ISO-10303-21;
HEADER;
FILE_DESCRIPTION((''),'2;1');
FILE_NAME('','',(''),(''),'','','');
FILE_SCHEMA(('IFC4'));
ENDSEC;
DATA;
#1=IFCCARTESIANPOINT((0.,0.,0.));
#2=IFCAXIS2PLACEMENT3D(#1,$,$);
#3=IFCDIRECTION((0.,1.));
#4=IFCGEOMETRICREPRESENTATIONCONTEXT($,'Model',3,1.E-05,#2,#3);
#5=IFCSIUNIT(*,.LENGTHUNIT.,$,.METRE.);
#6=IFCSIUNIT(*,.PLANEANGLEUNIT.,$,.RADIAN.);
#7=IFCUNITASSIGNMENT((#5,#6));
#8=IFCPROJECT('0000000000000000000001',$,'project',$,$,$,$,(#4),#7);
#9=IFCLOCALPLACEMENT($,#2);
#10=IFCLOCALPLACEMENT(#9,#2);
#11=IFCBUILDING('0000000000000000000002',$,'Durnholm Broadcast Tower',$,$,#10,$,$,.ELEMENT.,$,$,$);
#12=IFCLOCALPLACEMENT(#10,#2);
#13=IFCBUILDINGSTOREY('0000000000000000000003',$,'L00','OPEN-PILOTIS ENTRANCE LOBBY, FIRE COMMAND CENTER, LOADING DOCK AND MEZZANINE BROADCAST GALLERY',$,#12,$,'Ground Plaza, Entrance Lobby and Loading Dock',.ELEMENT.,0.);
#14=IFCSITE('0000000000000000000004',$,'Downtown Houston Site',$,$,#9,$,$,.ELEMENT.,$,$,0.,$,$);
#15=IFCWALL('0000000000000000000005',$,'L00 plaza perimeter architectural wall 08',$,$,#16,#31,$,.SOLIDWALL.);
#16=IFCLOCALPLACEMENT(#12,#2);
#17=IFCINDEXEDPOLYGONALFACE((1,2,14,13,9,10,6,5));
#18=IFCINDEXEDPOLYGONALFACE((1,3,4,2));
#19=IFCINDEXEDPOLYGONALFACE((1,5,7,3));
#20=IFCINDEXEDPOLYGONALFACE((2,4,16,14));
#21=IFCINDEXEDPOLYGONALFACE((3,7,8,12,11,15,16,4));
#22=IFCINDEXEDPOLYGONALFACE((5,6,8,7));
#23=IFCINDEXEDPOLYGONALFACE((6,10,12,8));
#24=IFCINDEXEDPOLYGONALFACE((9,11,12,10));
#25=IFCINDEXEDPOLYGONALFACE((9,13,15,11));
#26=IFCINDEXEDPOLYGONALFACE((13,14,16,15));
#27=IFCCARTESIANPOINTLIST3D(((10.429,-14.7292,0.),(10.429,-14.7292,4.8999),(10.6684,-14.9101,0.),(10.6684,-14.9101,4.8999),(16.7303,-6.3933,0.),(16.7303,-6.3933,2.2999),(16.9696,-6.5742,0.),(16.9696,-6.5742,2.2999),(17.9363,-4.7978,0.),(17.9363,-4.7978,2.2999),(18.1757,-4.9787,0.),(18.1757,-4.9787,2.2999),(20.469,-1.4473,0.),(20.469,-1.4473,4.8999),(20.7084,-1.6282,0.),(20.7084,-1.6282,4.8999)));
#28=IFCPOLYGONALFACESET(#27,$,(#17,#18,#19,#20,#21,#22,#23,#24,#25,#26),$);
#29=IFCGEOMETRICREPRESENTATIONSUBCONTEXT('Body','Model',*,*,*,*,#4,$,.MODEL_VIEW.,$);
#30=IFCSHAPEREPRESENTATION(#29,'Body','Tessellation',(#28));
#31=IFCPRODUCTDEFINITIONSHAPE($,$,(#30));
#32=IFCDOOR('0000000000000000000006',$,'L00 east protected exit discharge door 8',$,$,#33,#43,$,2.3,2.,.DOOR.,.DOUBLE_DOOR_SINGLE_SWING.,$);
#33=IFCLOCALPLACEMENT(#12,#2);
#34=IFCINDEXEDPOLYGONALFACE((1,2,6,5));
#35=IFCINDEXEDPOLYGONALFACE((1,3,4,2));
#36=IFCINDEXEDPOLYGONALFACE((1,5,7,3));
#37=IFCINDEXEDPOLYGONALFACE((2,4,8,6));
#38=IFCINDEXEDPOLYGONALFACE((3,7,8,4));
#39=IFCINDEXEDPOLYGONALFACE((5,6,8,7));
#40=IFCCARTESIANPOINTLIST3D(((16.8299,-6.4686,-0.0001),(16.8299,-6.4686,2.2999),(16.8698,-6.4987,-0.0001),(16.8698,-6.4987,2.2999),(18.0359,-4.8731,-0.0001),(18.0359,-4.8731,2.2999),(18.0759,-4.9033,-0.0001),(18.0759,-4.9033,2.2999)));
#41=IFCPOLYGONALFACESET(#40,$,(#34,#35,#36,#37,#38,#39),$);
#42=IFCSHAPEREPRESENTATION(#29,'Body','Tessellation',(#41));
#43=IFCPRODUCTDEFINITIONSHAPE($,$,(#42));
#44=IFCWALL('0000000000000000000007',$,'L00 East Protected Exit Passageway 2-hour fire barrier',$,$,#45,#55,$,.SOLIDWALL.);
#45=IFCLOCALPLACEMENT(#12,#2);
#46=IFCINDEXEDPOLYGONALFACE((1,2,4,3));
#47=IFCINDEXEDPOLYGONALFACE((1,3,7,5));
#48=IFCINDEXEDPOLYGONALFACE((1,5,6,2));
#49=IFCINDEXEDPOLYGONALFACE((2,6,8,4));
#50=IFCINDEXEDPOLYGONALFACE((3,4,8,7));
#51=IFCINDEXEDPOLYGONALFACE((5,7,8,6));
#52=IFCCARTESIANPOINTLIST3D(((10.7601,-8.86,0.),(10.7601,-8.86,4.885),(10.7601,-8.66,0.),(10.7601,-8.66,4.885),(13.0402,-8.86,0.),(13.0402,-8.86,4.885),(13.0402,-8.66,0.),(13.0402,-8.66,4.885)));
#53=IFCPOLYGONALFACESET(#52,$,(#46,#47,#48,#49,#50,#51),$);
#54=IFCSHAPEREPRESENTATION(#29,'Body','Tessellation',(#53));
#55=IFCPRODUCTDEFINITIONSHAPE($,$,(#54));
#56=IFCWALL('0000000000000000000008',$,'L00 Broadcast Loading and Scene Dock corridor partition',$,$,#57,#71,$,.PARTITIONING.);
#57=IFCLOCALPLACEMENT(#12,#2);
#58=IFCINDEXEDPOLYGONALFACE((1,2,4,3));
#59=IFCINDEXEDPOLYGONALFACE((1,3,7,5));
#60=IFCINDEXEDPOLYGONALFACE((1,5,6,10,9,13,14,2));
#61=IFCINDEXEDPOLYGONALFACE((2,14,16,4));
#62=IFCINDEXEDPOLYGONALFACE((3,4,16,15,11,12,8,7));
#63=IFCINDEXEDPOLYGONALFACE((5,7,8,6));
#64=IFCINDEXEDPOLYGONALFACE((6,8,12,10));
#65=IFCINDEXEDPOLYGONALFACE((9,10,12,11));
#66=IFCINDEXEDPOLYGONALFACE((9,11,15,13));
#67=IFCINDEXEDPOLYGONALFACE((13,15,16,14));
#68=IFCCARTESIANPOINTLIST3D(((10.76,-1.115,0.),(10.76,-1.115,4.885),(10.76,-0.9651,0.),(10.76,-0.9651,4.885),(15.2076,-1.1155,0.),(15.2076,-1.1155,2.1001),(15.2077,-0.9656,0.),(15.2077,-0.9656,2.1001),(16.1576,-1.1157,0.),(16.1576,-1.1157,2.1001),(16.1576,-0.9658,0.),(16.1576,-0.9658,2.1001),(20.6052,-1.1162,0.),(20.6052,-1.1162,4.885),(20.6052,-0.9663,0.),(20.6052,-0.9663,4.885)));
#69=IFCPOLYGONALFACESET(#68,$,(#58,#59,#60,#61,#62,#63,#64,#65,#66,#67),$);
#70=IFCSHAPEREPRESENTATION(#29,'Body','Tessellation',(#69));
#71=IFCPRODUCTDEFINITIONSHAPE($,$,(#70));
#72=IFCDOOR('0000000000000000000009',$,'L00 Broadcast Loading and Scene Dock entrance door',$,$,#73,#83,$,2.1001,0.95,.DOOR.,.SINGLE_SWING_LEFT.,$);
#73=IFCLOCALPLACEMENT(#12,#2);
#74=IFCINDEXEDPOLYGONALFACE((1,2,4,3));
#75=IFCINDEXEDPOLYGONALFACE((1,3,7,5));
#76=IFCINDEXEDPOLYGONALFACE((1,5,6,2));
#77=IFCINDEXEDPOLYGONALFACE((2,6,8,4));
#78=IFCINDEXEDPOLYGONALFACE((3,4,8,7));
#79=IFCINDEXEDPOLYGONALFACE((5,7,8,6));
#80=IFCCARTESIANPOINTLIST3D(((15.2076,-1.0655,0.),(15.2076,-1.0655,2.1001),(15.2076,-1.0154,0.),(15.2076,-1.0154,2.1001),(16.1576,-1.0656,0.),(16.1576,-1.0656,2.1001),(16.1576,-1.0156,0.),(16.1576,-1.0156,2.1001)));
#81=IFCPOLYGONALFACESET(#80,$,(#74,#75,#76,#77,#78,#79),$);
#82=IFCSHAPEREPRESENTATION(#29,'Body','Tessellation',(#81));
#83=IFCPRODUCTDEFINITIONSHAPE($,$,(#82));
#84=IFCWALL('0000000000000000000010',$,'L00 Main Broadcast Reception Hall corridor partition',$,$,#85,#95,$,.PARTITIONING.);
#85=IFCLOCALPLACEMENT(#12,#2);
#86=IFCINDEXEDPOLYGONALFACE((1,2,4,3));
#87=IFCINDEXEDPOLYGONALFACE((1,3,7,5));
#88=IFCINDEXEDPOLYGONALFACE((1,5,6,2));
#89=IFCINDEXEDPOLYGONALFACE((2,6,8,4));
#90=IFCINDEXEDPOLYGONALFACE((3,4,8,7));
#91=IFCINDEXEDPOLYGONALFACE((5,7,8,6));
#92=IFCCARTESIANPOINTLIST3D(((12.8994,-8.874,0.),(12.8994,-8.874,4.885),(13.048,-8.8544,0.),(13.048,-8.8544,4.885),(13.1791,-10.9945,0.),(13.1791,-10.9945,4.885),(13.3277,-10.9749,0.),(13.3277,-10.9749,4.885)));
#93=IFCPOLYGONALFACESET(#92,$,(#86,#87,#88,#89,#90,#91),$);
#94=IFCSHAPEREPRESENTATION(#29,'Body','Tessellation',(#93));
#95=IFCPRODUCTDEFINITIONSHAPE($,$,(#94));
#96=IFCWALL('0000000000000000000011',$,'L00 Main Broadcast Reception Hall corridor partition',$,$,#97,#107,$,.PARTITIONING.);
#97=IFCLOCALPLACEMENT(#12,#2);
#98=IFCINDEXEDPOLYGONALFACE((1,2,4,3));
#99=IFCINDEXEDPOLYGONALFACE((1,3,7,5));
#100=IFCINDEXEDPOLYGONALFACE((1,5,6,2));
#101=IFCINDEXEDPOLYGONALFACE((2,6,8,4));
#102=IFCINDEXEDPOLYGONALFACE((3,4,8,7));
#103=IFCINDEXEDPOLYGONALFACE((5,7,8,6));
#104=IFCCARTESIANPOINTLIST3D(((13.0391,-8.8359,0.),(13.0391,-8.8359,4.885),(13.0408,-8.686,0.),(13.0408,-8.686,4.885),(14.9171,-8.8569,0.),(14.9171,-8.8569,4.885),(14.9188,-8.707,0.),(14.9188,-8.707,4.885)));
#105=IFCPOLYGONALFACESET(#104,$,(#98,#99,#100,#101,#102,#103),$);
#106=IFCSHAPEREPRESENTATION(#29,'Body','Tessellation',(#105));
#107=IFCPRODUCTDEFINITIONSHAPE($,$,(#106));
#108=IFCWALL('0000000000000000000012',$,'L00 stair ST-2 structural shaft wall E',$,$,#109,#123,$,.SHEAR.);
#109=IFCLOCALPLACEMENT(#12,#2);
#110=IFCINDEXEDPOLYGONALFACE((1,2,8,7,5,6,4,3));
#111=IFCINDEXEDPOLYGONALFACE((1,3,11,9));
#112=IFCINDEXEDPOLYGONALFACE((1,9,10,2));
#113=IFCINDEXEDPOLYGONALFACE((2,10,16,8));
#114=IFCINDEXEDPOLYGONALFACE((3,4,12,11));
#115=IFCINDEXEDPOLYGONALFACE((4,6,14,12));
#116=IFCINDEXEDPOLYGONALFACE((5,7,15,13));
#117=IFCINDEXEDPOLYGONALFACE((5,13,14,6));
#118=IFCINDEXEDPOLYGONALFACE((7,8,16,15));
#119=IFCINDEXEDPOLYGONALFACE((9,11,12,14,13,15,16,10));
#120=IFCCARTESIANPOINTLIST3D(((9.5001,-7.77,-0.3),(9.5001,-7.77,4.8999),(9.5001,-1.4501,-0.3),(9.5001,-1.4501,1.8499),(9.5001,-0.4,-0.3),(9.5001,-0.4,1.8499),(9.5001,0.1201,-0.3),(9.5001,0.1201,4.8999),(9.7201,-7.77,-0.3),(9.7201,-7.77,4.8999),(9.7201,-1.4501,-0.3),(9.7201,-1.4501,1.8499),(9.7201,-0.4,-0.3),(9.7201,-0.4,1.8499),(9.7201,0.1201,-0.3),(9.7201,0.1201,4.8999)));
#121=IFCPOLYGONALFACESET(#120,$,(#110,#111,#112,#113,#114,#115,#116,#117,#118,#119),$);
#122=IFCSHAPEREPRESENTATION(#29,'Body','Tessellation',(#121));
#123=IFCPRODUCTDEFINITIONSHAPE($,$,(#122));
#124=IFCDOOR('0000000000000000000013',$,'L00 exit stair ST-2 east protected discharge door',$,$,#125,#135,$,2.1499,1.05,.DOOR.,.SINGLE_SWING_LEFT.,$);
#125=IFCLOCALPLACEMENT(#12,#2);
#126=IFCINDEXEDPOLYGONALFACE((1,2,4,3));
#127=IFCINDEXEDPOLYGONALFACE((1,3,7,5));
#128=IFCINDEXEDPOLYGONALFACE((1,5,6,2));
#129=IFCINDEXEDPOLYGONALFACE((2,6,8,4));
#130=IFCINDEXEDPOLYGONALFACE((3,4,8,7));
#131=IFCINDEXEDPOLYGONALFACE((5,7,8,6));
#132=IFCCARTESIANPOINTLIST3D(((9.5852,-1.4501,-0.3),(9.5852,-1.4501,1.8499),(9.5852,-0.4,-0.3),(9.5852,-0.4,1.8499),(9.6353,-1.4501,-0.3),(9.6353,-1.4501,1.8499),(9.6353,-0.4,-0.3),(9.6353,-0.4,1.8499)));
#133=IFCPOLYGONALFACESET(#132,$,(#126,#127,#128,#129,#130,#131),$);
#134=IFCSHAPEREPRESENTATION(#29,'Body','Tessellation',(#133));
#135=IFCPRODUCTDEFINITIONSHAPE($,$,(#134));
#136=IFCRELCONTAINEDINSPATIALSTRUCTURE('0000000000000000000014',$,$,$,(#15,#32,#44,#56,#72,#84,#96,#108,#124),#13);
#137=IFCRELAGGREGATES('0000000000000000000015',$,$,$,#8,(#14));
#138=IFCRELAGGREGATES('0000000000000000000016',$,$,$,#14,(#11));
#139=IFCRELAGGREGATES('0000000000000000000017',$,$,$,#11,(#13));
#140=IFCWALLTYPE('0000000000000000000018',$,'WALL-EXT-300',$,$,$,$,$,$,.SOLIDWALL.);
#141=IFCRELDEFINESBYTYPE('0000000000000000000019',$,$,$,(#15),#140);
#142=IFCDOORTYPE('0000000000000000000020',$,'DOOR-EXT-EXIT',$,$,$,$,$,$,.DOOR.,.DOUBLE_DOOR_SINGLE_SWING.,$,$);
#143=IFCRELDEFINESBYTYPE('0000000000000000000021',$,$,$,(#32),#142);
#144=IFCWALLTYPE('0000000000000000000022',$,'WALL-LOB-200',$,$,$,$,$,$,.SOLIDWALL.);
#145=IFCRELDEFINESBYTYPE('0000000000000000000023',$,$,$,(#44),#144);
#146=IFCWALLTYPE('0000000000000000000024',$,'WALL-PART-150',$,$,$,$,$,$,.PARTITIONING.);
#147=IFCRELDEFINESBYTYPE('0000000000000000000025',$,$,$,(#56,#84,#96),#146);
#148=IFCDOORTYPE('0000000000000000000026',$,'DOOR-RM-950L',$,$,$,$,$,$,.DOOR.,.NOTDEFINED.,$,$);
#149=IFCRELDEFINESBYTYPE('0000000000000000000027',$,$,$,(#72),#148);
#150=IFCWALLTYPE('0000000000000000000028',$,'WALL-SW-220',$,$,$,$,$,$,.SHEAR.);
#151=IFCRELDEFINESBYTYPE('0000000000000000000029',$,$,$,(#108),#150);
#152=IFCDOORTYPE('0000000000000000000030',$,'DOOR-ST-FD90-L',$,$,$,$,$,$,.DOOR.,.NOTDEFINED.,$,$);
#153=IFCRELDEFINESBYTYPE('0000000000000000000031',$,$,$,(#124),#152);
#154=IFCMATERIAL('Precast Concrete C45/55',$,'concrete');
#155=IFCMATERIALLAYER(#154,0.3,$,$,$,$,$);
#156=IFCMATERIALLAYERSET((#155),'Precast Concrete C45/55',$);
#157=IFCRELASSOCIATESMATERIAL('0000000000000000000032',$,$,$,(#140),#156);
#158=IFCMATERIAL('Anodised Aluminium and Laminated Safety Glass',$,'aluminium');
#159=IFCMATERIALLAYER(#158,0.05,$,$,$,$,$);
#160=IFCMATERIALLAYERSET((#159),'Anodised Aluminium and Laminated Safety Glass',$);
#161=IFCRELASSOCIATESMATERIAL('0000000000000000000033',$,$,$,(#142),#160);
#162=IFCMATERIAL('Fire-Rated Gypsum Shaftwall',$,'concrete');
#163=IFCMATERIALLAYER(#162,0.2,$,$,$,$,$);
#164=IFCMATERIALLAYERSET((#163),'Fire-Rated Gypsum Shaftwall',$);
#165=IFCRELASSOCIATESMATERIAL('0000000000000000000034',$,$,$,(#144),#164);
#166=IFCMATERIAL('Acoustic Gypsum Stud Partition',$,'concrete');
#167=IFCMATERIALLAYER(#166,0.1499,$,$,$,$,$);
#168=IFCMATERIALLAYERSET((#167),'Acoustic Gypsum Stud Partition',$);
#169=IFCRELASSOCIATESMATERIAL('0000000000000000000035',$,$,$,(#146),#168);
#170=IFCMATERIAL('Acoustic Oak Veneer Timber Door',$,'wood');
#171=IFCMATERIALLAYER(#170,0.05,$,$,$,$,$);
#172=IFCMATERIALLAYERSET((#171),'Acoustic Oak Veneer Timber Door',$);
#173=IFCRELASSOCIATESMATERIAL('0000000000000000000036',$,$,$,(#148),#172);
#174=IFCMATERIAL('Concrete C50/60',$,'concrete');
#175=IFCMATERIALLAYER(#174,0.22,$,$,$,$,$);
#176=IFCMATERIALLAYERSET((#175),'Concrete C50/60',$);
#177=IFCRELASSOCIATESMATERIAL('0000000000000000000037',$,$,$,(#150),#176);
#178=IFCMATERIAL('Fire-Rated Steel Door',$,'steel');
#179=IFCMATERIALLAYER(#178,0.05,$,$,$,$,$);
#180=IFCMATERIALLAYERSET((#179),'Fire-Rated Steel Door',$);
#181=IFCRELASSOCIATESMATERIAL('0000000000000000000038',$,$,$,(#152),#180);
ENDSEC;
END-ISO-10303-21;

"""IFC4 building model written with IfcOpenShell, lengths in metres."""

from ifc_helpers import new_model, si_unit, direction, frame, frame_2d, origin, place, context, subcontext, project, spatial, rectangle, extrude, source, transform, mapped, material, layer, layer_set, type_object, type_shapes, element, fill, save


model = new_model("IFC4")

# Units and contexts
model_context = context("Model", 3, precision=1e-05, world=origin(), true_north=direction((0.0, 1.0)))
body_context = subcontext(model_context, "Body", "Model", "MODEL_VIEW")
ifc_project = project(units=[si_unit("LENGTHUNIT", "METRE"), si_unit("PLANEANGLEUNIT", "RADIAN")], contexts=[model_context])

# Site, building, storey
site_placement = place(None, origin())
site = spatial("IfcSite", under=ifc_project, at=site_placement, Name="Downtown Houston Site", CompositionType="ELEMENT", RefElevation=0.0)
building_placement = place(site_placement, origin())
building = spatial("IfcBuilding", under=site, at=building_placement, Name="Durnholm Broadcast Tower", CompositionType="ELEMENT")
storey_placement = place(building_placement, origin())
storey = spatial("IfcBuildingStorey", under=building, at=storey_placement, Name="L00", Description="OPEN-PILOTIS ENTRANCE LOBBY, FIRE COMMAND CENTER, LOADING DOCK AND MEZZANINE BROADCAST GALLERY", LongName="Ground Plaza, Entrance Lobby and Loading Dock", CompositionType="ELEMENT", Elevation=0.0)

# Wall, opening, door
ifc_material_1 = material(Name="Precast Concrete C45/55", Category="concrete")
ifc_layer_1 = layer(ifc_material_1, 0.3)
ifc_layer_set_1 = layer_set([ifc_layer_1], Name="Precast Concrete C45/55")
wall_type_1 = type_object("IfcWallType", Name="WALL-EXT-300", PredefinedType="SOLIDWALL", material=ifc_layer_set_1)
wall_1_placement = place(storey_placement, frame((20.5886, -1.5378, 0.0), z_axis=(0.0, 0.0, 1.0), x_axis=(-0.603015, -0.79773, 0.0)))
wall_1 = element("IfcWall", 1, at=wall_1_placement, inside=storey, type_object=wall_type_1, Name="L00 plaza perimeter architectural wall 08", PredefinedType="SOLIDWALL", context=body_context, shape_type="SweptSolid", body=[
    extrude(rectangle(XDim=16.6497, YDim=0.3, at=frame_2d((8.3247, 0.0))), origin(), (0.0, 0.0, 1.0), 4.8999),
])
opening_1_placement = place(wall_1_placement, frame((4.2, 0.0, 0.0)))
opening_1 = element("IfcOpeningElement", 2, at=opening_1_placement, cuts=wall_1, PredefinedType="OPENING", context=body_context, shape_type="SweptSolid", body=[
    extrude(rectangle(XDim=2.0, YDim=2.3, at=frame_2d((1.0, 1.1499))), frame((0.0, 0.1602, 0.0), z_axis=(0.0, -1.0, 0.0), x_axis=(1.0, 0.0, 0.0)), (0.0, 0.0, 1.0), 0.3201),
])
ifc_material_2 = material(Name="Anodised Aluminium and Laminated Safety Glass", Category="aluminium")
ifc_layer_2 = layer(ifc_material_2, 0.05)
ifc_layer_set_2 = layer_set([ifc_layer_2], Name="Anodised Aluminium and Laminated Safety Glass")
door_type_1 = type_object("IfcDoorType", Name="DOOR-EXT-EXIT", OperationType="DOUBLE_DOOR_SINGLE_SWING", PredefinedType="DOOR", material=ifc_layer_set_2)
shared_shape_1 = source(origin(), body_context, "Body", "SweptSolid", [
    extrude(rectangle(XDim=2.0, YDim=2.3, at=frame_2d((1.0, 1.1499))), frame((0.0, 0.0249, 0.0), z_axis=(0.0, -1.0, 0.0), x_axis=(1.0, 0.0, 0.0)), (0.0, 0.0, 1.0), 0.05),
])
type_shapes(door_type_1, [shared_shape_1])
door_1_placement = place(opening_1_placement, origin())
door_1 = element("IfcDoor", 3, at=door_1_placement, inside=storey, type_object=door_type_1, Name="L00 east protected exit discharge door 8", OperationType="DOUBLE_DOOR_SINGLE_SWING", OverallHeight=2.3, OverallWidth=2.0, PredefinedType="DOOR", context=body_context, shape_type="MappedRepresentation", body=[
    mapped(shared_shape_1, transform((0.0, 0.0, 0.0), x_axis=(1.0, 0.0, 0.0), y_axis=(0.0, 1.0, 0.0), z_axis=(0.0, 0.0, 1.0), scale=1.0)),
])
fill(opening_1, door_1)

# Wall
ifc_material_3 = material(Name="Fire-Rated Gypsum Shaftwall", Category="concrete")
ifc_layer_3 = layer(ifc_material_3, 0.2)
ifc_layer_set_3 = layer_set([ifc_layer_3], Name="Fire-Rated Gypsum Shaftwall")
wall_type_2 = type_object("IfcWallType", Name="WALL-LOB-200", PredefinedType="SOLIDWALL", material=ifc_layer_set_3)
wall_2_placement = place(storey_placement, frame((10.76, -8.76, 0.0), z_axis=(0.0, 0.0, 1.0), x_axis=(1.0, 0.0, 0.0)))
element("IfcWall", 4, at=wall_2_placement, inside=storey, type_object=wall_type_2, Name="L00 East Protected Exit Passageway 2-hour fire barrier", PredefinedType="SOLIDWALL", context=body_context, shape_type="SweptSolid", body=[
    extrude(rectangle(XDim=2.28, YDim=0.2, at=frame_2d((1.1401, 0.0))), origin(), (0.0, 0.0, 1.0), 4.885),
])

# Wall, opening, door
ifc_material_4 = material(Name="Acoustic Gypsum Stud Partition", Category="concrete")
ifc_layer_4 = layer(ifc_material_4, 0.1499)
ifc_layer_set_4 = layer_set([ifc_layer_4], Name="Acoustic Gypsum Stud Partition")
wall_type_3 = type_object("IfcWallType", Name="WALL-PART-150", PredefinedType="PARTITIONING", material=ifc_layer_set_4)
wall_3_placement = place(storey_placement, frame((20.6052, -1.0413, 0.0), z_axis=(0.0, 0.0, 1.0), x_axis=(-1.0, 0.000124, 0.0)))
wall_3 = element("IfcWall", 5, at=wall_3_placement, inside=storey, type_object=wall_type_3, Name="L00 Broadcast Loading and Scene Dock corridor partition", PredefinedType="PARTITIONING", context=body_context, shape_type="SweptSolid", body=[
    extrude(rectangle(XDim=9.8452, YDim=0.1499, at=frame_2d((4.9226, 0.0))), origin(), (0.0, 0.0, 1.0), 4.885),
])
opening_2_placement = place(wall_3_placement, frame((4.4475, 0.0, 0.0)))
opening_2 = element("IfcOpeningElement", 6, at=opening_2_placement, cuts=wall_3, PredefinedType="OPENING", context=body_context, shape_type="SweptSolid", body=[
    extrude(rectangle(XDim=0.95, YDim=2.1001, at=frame_2d((0.4751, 1.05))), frame((0.0, 0.085, 0.0), z_axis=(0.0, -1.0, 0.0), x_axis=(1.0, 0.0, 0.0)), (0.0, 0.0, 1.0), 0.1699),
])
ifc_material_5 = material(Name="Acoustic Oak Veneer Timber Door", Category="wood")
ifc_layer_5 = layer(ifc_material_5, 0.05)
ifc_layer_set_5 = layer_set([ifc_layer_5], Name="Acoustic Oak Veneer Timber Door")
door_type_2 = type_object("IfcDoorType", Name="DOOR-RM-950L", OperationType="NOTDEFINED", PredefinedType="DOOR", material=ifc_layer_set_5)
shared_shape_2 = source(origin(), body_context, "Body", "SweptSolid", [
    extrude(rectangle(XDim=0.95, YDim=2.1001, at=frame_2d((0.4751, 1.05))), frame((0.0, 0.0249, 0.0), z_axis=(0.0, -1.0, 0.0), x_axis=(1.0, 0.0, 0.0)), (0.0, 0.0, 1.0), 0.05),
])
type_shapes(door_type_2, [shared_shape_2])
door_2_placement = place(opening_2_placement, origin())
door_2 = element("IfcDoor", 7, at=door_2_placement, inside=storey, type_object=door_type_2, Name="L00 Broadcast Loading and Scene Dock entrance door", OperationType="SINGLE_SWING_LEFT", OverallHeight=2.1001, OverallWidth=0.95, PredefinedType="DOOR", context=body_context, shape_type="MappedRepresentation", body=[
    mapped(shared_shape_2, transform((0.0, 0.0, 0.0), x_axis=(1.0, 0.0, 0.0), y_axis=(0.0, 1.0, 0.0), z_axis=(0.0, 0.0, 1.0), scale=1.0)),
])
fill(opening_2, door_2)

# Walls
wall_4_placement = place(storey_placement, frame((13.2534, -10.9846, 0.0), z_axis=(0.0, 0.0, 1.0), x_axis=(-0.130803, 0.991408, 0.0)))
element("IfcWall", 8, at=wall_4_placement, inside=storey, type_object=wall_type_3, Name="L00 Main Broadcast Reception Hall corridor partition", PredefinedType="PARTITIONING", context=body_context, shape_type="SweptSolid", body=[
    extrude(rectangle(XDim=2.1389, YDim=0.1499, at=frame_2d((1.0693, 0.0))), origin(), (0.0, 0.0, 1.0), 4.885),
])
wall_5_placement = place(storey_placement, frame((13.04, -8.761, 0.0), z_axis=(0.0, 0.0, 1.0), x_axis=(0.999938, -0.011178, 0.0)))
element("IfcWall", 9, at=wall_5_placement, inside=storey, type_object=wall_type_3, Name="L00 Main Broadcast Reception Hall corridor partition", PredefinedType="PARTITIONING", context=body_context, shape_type="SweptSolid", body=[
    extrude(rectangle(XDim=1.8782, YDim=0.1499, at=frame_2d((0.939, 0.0))), origin(), (0.0, 0.0, 1.0), 4.885),
])

# Wall, opening, door
ifc_material_6 = material(Name="Concrete C50/60", Category="concrete")
ifc_layer_6 = layer(ifc_material_6, 0.22)
ifc_layer_set_6 = layer_set([ifc_layer_6], Name="Concrete C50/60")
wall_type_4 = type_object("IfcWallType", Name="WALL-SW-220", PredefinedType="SHEAR", material=ifc_layer_set_6)
wall_6_placement = place(storey_placement, frame((9.6101, -7.77, -0.3), z_axis=(0.0, 0.0, 1.0), x_axis=(0.0, 1.0, 0.0)))
wall_6 = element("IfcWall", 10, at=wall_6_placement, inside=storey, type_object=wall_type_4, Name="L00 stair ST-2 structural shaft wall E", PredefinedType="SHEAR", context=body_context, shape_type="SweptSolid", body=[
    extrude(rectangle(XDim=7.8901, YDim=0.22, at=frame_2d((3.9451, 0.0))), origin(), (0.0, 0.0, 1.0), 5.2),
])
opening_3_placement = place(wall_6_placement, frame((6.3201, 0.0, 0.0)))
opening_3 = element("IfcOpeningElement", 11, at=opening_3_placement, cuts=wall_6, PredefinedType="OPENING", context=body_context, shape_type="SweptSolid", body=[
    extrude(rectangle(XDim=1.05, YDim=2.1499, at=frame_2d((0.5249, 1.075))), frame((0.0, 0.1201, 0.0), z_axis=(0.0, -1.0, 0.0), x_axis=(1.0, 0.0, 0.0)), (0.0, 0.0, 1.0), 0.24),
])
ifc_material_7 = material(Name="Fire-Rated Steel Door", Category="steel")
ifc_layer_7 = layer(ifc_material_7, 0.05)
ifc_layer_set_7 = layer_set([ifc_layer_7], Name="Fire-Rated Steel Door")
door_type_3 = type_object("IfcDoorType", Name="DOOR-ST-FD90-L", OperationType="NOTDEFINED", PredefinedType="DOOR", material=ifc_layer_set_7)
shared_shape_3 = source(origin(), body_context, "Body", "SweptSolid", [
    extrude(rectangle(XDim=1.05, YDim=2.1499, at=frame_2d((0.5249, 1.075))), frame((0.0, 0.0249, 0.0), z_axis=(0.0, -1.0, 0.0), x_axis=(1.0, 0.0, 0.0)), (0.0, 0.0, 1.0), 0.05),
])
type_shapes(door_type_3, [shared_shape_3])
door_3_placement = place(opening_3_placement, origin())
door_3 = element("IfcDoor", 12, at=door_3_placement, inside=storey, type_object=door_type_3, Name="L00 exit stair ST-2 east protected discharge door", OperationType="SINGLE_SWING_LEFT", OverallHeight=2.1499, OverallWidth=1.05, PredefinedType="DOOR", context=body_context, shape_type="MappedRepresentation", body=[
    mapped(shared_shape_3, transform((0.0, 0.0, 0.0), x_axis=(1.0, 0.0, 0.0), y_axis=(0.0, 1.0, 0.0), z_axis=(0.0, 0.0, 1.0), scale=1.0)),
])
fill(opening_3, door_3)

save(model, "model.ifc")
